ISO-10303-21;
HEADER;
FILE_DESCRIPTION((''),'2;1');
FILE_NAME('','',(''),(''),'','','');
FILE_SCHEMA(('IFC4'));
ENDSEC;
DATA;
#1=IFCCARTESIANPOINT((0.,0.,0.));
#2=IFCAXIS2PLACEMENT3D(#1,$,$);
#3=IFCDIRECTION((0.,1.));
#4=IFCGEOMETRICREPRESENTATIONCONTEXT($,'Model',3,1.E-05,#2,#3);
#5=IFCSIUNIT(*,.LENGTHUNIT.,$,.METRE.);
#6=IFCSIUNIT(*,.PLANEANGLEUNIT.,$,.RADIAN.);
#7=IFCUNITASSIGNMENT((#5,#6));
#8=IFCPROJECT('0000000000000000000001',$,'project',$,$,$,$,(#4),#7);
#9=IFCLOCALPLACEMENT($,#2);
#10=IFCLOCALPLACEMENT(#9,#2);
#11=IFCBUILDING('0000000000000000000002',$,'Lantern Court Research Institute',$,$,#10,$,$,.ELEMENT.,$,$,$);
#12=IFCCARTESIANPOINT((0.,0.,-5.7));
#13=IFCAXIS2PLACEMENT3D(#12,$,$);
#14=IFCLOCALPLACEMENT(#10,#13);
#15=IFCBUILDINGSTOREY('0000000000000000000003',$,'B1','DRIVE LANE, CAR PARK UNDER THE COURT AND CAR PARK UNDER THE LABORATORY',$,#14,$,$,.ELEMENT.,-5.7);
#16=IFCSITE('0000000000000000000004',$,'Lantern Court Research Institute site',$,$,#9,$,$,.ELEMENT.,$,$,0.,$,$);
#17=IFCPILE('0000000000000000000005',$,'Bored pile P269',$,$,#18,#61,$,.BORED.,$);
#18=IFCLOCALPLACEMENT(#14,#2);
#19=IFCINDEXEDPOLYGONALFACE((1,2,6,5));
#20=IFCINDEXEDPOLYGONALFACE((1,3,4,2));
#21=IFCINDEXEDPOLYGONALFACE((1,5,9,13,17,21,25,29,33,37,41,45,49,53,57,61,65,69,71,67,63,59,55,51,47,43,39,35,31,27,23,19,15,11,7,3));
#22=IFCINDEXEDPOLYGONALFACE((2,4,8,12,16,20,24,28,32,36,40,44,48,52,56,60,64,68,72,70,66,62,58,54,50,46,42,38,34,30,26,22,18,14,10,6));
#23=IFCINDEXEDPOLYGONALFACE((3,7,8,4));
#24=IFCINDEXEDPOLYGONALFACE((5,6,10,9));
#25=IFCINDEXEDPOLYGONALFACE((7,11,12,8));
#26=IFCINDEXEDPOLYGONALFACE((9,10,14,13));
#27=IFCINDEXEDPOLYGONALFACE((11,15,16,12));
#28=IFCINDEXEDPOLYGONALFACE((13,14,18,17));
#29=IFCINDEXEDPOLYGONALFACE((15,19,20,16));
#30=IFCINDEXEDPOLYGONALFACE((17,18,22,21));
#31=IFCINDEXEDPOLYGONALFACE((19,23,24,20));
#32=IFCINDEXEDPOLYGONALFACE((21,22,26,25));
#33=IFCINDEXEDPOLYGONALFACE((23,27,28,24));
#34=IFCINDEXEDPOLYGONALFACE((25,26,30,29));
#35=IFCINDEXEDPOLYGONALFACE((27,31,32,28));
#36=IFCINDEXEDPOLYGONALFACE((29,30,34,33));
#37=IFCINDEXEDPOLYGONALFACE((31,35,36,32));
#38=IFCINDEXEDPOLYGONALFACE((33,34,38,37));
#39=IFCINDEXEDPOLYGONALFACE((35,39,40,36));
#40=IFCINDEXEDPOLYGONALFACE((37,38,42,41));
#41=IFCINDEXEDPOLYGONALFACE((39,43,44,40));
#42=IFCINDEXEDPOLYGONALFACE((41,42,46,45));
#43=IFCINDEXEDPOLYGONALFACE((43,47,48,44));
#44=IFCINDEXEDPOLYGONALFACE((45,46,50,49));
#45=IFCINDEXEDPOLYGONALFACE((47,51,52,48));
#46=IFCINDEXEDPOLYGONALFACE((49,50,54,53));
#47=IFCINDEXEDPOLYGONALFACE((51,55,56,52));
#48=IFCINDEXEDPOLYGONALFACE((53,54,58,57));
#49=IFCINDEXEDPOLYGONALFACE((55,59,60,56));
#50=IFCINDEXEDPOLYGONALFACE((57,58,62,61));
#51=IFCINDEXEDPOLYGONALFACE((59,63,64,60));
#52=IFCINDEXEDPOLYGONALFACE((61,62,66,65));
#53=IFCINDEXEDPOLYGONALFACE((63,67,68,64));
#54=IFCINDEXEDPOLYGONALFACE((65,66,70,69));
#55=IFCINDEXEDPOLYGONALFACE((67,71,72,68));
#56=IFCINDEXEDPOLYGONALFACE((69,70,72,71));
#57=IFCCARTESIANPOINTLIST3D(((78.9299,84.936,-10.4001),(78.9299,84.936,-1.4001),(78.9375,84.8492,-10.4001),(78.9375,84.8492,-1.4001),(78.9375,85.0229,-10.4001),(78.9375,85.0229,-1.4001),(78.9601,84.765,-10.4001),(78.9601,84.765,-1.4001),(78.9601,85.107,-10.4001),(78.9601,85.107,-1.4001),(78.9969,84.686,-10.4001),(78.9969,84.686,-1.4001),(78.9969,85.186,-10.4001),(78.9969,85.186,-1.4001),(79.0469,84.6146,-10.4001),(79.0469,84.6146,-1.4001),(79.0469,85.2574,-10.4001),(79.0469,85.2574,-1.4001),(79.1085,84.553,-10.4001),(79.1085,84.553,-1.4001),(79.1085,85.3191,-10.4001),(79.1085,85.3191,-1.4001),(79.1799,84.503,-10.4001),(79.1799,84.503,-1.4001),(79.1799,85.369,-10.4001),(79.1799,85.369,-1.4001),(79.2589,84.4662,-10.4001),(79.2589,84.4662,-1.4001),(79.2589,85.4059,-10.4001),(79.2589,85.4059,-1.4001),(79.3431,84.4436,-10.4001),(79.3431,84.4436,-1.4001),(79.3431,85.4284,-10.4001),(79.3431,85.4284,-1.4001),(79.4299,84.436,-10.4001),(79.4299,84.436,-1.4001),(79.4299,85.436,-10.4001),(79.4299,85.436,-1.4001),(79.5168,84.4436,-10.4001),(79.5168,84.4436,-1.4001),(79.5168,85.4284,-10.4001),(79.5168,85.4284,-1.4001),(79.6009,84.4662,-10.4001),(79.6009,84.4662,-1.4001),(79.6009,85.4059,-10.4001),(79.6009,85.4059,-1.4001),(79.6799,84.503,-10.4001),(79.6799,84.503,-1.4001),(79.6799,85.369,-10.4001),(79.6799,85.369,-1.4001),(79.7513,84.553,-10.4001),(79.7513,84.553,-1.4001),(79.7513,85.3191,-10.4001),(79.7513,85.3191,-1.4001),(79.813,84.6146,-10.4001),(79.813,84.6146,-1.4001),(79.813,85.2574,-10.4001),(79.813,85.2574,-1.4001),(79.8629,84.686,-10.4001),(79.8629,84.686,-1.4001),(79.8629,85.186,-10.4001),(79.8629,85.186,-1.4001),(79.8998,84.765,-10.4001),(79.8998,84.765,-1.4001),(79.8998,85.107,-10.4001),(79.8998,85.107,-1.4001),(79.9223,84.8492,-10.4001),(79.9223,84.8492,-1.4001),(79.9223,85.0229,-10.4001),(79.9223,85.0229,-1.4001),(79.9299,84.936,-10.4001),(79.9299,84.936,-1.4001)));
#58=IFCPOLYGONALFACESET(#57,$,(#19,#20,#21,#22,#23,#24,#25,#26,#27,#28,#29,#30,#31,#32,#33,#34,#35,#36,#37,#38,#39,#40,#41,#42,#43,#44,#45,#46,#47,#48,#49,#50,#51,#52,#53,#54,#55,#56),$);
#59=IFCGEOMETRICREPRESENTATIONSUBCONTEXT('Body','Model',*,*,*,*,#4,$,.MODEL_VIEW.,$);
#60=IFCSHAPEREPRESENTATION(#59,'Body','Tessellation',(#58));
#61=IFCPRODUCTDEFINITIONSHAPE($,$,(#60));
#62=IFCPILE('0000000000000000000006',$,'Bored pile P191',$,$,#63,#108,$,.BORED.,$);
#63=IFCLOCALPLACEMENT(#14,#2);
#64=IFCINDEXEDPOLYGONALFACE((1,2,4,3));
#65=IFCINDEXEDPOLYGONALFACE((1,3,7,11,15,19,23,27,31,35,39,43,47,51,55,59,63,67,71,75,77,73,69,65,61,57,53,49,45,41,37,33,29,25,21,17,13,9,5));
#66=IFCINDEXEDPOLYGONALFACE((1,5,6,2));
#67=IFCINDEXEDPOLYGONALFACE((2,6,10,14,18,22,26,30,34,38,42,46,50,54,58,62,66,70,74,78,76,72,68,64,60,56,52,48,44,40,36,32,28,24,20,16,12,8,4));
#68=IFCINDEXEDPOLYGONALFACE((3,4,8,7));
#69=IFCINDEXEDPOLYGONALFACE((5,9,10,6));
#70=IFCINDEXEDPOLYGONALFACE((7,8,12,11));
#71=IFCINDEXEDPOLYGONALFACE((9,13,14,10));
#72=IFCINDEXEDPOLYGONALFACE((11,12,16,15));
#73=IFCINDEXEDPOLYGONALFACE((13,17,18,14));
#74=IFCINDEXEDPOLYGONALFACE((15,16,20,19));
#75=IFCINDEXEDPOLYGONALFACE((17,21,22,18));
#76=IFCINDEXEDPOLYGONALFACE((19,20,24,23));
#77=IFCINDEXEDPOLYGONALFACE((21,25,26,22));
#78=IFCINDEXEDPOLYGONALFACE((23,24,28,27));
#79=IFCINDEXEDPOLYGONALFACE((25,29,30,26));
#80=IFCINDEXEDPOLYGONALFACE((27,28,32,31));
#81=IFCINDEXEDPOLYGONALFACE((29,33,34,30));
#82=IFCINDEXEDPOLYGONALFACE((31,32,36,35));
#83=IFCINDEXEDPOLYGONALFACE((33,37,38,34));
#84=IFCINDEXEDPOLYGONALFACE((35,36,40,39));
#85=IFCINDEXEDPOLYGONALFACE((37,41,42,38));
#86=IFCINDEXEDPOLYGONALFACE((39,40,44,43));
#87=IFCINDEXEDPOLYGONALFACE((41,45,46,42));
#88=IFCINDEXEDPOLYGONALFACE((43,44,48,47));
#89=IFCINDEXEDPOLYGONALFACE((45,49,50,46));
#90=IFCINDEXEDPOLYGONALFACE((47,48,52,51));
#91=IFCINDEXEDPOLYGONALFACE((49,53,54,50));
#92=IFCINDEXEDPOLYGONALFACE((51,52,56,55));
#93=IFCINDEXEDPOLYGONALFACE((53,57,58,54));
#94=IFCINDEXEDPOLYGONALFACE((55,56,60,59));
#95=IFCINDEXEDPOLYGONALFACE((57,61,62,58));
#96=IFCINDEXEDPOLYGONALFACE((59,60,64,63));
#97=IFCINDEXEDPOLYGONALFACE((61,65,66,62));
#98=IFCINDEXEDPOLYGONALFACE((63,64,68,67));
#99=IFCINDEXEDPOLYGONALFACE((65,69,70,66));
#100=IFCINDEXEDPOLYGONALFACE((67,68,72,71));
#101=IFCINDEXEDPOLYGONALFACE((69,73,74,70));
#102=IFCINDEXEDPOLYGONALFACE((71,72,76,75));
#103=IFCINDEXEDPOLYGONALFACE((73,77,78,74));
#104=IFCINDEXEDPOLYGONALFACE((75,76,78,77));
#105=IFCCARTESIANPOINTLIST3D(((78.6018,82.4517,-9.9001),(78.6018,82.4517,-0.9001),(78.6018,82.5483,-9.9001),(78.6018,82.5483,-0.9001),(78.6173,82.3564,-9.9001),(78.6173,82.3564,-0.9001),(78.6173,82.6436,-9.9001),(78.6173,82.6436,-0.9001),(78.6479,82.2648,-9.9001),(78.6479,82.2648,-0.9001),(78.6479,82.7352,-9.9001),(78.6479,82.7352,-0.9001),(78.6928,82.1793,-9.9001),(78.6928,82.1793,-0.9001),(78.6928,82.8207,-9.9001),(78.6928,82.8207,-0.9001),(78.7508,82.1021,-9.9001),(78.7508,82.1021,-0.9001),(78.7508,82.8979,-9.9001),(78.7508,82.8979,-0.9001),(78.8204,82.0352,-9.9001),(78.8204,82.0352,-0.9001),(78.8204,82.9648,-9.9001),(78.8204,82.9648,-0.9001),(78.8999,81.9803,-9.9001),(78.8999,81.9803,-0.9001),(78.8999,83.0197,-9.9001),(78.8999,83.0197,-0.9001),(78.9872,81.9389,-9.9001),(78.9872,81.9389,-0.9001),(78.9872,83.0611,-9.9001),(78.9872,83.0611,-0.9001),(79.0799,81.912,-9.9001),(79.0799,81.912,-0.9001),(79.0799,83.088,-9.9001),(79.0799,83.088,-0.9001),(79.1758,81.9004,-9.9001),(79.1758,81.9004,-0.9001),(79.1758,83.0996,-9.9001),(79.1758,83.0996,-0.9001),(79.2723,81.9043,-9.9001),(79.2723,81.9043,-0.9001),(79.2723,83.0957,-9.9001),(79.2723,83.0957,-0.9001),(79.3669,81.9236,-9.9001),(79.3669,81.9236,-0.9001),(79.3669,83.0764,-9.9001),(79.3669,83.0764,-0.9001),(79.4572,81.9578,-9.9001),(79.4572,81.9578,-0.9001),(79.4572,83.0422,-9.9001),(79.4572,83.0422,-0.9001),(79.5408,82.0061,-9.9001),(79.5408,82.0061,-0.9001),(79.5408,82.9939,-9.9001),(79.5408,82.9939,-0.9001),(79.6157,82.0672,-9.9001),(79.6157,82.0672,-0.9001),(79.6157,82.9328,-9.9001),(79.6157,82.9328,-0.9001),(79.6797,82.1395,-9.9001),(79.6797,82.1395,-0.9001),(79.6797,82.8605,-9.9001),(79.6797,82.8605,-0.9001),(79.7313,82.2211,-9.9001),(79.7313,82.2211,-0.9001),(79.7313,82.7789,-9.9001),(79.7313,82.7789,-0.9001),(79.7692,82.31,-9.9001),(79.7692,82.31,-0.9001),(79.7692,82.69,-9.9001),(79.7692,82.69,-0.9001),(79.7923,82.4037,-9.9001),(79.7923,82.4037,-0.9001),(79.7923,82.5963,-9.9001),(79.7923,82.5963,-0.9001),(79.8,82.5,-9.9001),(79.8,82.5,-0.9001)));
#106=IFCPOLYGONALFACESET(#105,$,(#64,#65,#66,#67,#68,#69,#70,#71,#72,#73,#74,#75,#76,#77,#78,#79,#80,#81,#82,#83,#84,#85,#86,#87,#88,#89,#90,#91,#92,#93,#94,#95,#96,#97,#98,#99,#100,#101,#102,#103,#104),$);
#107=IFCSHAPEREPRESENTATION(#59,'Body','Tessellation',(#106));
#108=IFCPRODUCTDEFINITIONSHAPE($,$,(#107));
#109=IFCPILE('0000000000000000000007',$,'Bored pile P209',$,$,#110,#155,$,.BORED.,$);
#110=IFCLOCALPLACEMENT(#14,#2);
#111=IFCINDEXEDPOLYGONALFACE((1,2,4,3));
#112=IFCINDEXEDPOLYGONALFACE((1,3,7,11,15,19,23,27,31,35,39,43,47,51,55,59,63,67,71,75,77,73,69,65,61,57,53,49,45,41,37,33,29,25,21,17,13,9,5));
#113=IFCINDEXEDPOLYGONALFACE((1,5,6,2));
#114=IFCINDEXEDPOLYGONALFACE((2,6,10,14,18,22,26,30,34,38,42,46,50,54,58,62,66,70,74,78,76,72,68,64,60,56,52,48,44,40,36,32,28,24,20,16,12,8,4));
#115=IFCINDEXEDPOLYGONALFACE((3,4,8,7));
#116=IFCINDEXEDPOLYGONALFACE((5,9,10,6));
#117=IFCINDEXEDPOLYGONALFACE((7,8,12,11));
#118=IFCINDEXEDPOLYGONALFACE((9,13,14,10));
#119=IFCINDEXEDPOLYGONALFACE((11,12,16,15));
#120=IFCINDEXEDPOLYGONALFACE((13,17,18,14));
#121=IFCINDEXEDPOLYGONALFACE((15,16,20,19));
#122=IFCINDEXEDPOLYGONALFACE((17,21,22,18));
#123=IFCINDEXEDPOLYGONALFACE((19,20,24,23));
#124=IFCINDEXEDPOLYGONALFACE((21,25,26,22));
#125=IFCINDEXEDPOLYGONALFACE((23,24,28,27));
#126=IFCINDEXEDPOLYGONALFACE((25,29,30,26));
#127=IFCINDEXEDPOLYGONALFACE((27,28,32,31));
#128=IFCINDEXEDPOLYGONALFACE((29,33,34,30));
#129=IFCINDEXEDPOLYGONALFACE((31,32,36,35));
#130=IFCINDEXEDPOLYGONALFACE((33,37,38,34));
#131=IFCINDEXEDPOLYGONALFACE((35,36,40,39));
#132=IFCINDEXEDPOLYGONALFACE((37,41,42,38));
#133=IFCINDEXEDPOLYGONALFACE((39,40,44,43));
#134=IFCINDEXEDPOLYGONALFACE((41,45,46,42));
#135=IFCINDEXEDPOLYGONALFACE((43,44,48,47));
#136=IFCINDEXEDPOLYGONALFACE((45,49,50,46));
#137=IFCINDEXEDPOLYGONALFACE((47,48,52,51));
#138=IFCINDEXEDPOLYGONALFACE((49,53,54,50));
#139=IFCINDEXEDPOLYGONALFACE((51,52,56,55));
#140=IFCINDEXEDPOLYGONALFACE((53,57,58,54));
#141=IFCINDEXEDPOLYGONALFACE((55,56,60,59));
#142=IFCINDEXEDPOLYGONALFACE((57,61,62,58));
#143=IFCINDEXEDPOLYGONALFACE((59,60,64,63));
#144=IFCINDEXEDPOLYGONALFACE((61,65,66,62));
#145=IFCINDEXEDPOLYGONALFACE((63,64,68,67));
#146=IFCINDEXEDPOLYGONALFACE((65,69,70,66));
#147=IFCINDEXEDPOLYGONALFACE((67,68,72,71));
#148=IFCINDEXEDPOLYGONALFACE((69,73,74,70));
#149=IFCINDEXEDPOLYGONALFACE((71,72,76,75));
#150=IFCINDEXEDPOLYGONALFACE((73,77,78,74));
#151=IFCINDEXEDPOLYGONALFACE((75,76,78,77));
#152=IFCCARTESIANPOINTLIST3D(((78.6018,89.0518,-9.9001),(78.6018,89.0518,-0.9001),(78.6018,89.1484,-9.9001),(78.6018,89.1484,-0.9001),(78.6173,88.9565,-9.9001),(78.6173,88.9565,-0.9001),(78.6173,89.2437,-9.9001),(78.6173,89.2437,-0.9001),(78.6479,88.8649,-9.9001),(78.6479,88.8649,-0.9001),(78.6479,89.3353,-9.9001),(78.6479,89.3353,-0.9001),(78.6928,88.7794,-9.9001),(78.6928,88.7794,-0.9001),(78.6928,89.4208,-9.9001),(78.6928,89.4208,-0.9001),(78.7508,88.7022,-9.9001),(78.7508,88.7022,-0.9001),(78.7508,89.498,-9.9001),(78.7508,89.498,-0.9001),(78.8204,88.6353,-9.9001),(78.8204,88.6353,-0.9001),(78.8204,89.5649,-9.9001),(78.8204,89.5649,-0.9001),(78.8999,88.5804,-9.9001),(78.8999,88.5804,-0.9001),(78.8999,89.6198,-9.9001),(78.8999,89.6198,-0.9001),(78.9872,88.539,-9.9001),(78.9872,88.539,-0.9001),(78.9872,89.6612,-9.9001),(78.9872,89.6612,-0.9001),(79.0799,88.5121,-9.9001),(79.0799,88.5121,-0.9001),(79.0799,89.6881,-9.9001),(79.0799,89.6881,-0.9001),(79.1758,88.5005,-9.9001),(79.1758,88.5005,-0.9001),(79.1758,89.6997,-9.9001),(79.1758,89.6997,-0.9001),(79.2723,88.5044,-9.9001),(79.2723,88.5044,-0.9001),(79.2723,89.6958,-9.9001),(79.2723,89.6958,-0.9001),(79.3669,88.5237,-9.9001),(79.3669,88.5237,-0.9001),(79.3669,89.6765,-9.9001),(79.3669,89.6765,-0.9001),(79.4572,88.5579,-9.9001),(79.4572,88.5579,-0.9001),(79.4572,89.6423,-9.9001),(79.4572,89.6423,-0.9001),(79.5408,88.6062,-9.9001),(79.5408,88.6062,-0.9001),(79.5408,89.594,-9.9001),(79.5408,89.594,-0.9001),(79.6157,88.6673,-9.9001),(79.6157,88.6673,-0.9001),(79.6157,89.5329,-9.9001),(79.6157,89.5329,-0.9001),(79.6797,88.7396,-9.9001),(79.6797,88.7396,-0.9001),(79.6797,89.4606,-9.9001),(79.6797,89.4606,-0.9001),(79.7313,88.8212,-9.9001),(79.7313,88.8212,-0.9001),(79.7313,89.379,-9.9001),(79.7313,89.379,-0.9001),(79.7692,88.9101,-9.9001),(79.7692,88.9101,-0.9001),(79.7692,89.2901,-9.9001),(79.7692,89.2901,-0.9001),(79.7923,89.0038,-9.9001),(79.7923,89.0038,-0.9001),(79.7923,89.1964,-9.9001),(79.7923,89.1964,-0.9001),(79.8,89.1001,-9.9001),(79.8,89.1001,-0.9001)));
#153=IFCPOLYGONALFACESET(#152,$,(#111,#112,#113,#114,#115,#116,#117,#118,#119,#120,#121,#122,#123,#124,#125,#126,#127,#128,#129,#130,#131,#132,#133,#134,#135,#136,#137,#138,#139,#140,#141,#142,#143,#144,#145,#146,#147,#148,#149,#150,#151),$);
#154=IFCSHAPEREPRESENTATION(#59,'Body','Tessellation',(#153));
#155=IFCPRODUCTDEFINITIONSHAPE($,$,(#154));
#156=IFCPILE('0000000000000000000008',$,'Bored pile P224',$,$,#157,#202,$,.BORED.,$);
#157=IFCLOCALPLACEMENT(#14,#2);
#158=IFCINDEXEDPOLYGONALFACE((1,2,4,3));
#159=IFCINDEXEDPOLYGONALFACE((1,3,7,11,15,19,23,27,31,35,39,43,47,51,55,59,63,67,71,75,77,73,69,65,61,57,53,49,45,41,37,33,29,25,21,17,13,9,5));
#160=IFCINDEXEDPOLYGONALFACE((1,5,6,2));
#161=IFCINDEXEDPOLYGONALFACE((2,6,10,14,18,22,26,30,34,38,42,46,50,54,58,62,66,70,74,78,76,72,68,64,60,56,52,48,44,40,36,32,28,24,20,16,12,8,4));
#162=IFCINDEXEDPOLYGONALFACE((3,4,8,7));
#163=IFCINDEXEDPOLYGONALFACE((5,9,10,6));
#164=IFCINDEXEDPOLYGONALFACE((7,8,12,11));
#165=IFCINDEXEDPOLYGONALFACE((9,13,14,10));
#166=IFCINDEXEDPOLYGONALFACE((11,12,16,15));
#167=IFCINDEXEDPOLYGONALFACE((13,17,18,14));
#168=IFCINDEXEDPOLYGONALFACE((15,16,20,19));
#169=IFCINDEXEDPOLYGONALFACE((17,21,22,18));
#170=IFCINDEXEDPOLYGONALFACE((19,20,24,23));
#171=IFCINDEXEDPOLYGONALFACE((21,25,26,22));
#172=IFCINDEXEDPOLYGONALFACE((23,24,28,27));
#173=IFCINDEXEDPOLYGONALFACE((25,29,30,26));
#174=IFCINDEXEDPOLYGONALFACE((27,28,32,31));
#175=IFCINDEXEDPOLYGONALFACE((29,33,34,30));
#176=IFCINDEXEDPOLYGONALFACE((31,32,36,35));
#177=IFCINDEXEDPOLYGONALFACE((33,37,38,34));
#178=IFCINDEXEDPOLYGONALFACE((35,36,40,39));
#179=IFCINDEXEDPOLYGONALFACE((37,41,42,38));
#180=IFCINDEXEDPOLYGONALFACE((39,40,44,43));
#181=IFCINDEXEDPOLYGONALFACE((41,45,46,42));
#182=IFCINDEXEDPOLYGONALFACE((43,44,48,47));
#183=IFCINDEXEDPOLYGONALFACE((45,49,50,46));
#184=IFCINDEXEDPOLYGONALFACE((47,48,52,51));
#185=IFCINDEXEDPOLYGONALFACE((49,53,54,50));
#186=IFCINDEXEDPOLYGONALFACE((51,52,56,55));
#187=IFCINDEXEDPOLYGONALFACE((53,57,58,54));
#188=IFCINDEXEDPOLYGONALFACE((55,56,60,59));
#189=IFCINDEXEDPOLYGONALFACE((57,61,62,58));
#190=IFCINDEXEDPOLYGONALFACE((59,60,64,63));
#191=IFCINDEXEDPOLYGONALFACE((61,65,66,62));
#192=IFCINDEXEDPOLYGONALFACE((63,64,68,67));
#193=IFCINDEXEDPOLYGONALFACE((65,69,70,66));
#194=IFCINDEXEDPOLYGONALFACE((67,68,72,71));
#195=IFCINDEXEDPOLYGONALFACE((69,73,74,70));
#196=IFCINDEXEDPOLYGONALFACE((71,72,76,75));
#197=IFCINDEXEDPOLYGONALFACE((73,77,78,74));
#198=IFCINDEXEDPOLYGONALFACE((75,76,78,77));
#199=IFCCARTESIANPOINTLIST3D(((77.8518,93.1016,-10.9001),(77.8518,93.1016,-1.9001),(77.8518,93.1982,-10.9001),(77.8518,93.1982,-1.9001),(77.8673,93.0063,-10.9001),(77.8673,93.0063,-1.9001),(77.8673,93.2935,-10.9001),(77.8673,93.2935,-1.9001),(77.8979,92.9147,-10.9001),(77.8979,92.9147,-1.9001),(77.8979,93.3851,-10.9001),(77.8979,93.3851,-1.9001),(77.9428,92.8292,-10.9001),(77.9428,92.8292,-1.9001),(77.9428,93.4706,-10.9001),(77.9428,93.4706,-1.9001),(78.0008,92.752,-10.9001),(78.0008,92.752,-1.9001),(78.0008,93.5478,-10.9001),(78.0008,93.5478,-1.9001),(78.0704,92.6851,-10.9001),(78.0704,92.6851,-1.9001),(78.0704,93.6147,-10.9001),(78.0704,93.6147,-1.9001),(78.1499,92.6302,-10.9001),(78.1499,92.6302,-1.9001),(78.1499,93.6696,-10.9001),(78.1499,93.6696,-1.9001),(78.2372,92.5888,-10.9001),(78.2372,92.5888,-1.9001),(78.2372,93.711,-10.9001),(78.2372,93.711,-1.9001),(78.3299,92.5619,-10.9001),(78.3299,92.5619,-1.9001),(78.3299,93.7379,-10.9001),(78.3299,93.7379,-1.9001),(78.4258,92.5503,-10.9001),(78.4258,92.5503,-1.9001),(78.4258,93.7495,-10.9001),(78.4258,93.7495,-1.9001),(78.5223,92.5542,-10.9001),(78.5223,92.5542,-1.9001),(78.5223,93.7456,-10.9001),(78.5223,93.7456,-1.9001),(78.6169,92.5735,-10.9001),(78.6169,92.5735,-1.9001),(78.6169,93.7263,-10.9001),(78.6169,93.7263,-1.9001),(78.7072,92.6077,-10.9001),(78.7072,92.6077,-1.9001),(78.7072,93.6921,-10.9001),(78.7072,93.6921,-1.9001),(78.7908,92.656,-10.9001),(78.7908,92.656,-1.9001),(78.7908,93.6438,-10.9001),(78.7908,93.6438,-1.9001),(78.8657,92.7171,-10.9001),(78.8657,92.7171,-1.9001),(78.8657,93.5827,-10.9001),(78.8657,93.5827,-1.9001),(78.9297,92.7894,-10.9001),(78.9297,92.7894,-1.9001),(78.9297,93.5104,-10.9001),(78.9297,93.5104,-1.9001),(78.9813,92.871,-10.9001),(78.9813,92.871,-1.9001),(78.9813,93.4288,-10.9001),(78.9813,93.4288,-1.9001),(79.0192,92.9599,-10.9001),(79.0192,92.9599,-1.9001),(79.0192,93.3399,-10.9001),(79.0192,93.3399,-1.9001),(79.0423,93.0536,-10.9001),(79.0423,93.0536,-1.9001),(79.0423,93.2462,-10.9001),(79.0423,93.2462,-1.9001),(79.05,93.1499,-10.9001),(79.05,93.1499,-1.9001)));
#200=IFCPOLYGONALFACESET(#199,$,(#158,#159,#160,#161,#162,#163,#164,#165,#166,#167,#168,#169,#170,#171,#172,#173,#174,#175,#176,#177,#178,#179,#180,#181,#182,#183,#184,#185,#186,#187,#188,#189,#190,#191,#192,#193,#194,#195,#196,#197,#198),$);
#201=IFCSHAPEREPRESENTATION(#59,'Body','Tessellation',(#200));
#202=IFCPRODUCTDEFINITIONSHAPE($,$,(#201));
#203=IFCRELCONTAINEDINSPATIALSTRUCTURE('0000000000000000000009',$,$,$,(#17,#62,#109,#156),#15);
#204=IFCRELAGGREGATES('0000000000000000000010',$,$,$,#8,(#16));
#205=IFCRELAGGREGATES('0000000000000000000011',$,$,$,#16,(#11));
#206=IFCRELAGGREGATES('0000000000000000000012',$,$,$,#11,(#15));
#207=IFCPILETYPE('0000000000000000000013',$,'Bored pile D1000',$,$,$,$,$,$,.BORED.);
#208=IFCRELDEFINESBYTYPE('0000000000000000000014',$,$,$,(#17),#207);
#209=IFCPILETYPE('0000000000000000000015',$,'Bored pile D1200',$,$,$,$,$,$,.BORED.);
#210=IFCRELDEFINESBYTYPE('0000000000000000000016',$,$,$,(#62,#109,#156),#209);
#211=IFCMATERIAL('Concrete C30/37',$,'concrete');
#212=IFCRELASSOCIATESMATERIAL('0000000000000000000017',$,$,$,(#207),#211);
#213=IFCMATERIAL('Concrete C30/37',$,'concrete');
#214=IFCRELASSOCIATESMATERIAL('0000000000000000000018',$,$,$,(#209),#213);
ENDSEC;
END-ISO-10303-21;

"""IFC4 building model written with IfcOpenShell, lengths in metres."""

from ifc_helpers import new_model, si_unit, direction, frame, origin, origin_2d, place, context, subcontext, project, spatial, circle, extrude, material, material_profile, profile_set, type_object, element, save


model = new_model("IFC4")

# Units and contexts
model_context = context("Model", 3, precision=1e-05, world=origin(), true_north=direction((0.0, 1.0)))
body_context = subcontext(model_context, "Body", "Model", "MODEL_VIEW")
ifc_project = project(units=[si_unit("LENGTHUNIT", "METRE"), si_unit("PLANEANGLEUNIT", "RADIAN")], contexts=[model_context])

# Site, building, storey
site_placement = place(None, origin())
site = spatial("IfcSite", under=ifc_project, at=site_placement, Name="Lantern Court Research Institute site", CompositionType="ELEMENT", RefElevation=0.0)
building_placement = place(site_placement, origin())
building = spatial("IfcBuilding", under=site, at=building_placement, Name="Lantern Court Research Institute", CompositionType="ELEMENT")
storey_placement = place(building_placement, frame((0.0, 0.0, -5.7)))
storey = spatial("IfcBuildingStorey", under=building, at=storey_placement, Name="B1", Description="DRIVE LANE, CAR PARK UNDER THE COURT AND CAR PARK UNDER THE LABORATORY", CompositionType="ELEMENT", Elevation=-5.7)

# Piles
ifc_material_1 = material(Name="Concrete C30/37", Category="concrete")
ifc_material_profile_1 = material_profile(ifc_material_1, circle(Radius=0.5, at=origin_2d()), Name="Bored pile D1000")
ifc_profile_set_1 = profile_set([ifc_material_profile_1], Name="Concrete C30/37")
pile_type_1 = type_object("IfcPileType", Name="Bored pile D1000", PredefinedType="BORED", material=ifc_profile_set_1)
pile_placement = place(storey_placement, frame((79.4299, 84.936, -1.4001), z_axis=(0.0, 0.0, -1.0), x_axis=(1.0, 0.0, 0.0)))
element("IfcPile", 1, at=pile_placement, inside=storey, type_object=pile_type_1, Name="Bored pile P269", PredefinedType="BORED", context=body_context, shape_type="SweptSolid", body=[
    extrude(circle(Radius=0.5, at=origin_2d()), origin(), (0.0, 0.0, 1.0), 9.0),
])
ifc_material_2 = material(Name="Concrete C30/37", Category="concrete")
ifc_material_profile_2 = material_profile(ifc_material_2, circle(Radius=0.6001, at=origin_2d()), Name="Bored pile D1200")
ifc_profile_set_2 = profile_set([ifc_material_profile_2], Name="Concrete C30/37")
pile_type_2 = type_object("IfcPileType", Name="Bored pile D1200", PredefinedType="BORED", material=ifc_profile_set_2)
for number, where, z_axis, x_axis, name in (
    (2, (79.2, 82.5, -0.9001), (0.0, 0.0, -1.0), (1.0, 0.0, 0.0), "Bored pile P191"),
    (3, (79.2, 89.1001, -0.9001), (0.0, 0.0, -1.0), (1.0, 0.0, 0.0), "Bored pile P209"),
    (4, (78.45, 93.1499, -1.9001), (0.0, 0.0, -1.0), (1.0, 0.0, 0.0), "Bored pile P224"),
):
    element("IfcPile", number, at=place(storey_placement, frame(where, z_axis=z_axis, x_axis=x_axis)), inside=storey, type_object=pile_type_2, Name=name, PredefinedType="BORED", context=body_context, shape_type="SweptSolid", body=[
        extrude(circle(Radius=0.6001, at=origin_2d()), origin(), (0.0, 0.0, 1.0), 9.0),
    ])

save(model, "model.ifc")
